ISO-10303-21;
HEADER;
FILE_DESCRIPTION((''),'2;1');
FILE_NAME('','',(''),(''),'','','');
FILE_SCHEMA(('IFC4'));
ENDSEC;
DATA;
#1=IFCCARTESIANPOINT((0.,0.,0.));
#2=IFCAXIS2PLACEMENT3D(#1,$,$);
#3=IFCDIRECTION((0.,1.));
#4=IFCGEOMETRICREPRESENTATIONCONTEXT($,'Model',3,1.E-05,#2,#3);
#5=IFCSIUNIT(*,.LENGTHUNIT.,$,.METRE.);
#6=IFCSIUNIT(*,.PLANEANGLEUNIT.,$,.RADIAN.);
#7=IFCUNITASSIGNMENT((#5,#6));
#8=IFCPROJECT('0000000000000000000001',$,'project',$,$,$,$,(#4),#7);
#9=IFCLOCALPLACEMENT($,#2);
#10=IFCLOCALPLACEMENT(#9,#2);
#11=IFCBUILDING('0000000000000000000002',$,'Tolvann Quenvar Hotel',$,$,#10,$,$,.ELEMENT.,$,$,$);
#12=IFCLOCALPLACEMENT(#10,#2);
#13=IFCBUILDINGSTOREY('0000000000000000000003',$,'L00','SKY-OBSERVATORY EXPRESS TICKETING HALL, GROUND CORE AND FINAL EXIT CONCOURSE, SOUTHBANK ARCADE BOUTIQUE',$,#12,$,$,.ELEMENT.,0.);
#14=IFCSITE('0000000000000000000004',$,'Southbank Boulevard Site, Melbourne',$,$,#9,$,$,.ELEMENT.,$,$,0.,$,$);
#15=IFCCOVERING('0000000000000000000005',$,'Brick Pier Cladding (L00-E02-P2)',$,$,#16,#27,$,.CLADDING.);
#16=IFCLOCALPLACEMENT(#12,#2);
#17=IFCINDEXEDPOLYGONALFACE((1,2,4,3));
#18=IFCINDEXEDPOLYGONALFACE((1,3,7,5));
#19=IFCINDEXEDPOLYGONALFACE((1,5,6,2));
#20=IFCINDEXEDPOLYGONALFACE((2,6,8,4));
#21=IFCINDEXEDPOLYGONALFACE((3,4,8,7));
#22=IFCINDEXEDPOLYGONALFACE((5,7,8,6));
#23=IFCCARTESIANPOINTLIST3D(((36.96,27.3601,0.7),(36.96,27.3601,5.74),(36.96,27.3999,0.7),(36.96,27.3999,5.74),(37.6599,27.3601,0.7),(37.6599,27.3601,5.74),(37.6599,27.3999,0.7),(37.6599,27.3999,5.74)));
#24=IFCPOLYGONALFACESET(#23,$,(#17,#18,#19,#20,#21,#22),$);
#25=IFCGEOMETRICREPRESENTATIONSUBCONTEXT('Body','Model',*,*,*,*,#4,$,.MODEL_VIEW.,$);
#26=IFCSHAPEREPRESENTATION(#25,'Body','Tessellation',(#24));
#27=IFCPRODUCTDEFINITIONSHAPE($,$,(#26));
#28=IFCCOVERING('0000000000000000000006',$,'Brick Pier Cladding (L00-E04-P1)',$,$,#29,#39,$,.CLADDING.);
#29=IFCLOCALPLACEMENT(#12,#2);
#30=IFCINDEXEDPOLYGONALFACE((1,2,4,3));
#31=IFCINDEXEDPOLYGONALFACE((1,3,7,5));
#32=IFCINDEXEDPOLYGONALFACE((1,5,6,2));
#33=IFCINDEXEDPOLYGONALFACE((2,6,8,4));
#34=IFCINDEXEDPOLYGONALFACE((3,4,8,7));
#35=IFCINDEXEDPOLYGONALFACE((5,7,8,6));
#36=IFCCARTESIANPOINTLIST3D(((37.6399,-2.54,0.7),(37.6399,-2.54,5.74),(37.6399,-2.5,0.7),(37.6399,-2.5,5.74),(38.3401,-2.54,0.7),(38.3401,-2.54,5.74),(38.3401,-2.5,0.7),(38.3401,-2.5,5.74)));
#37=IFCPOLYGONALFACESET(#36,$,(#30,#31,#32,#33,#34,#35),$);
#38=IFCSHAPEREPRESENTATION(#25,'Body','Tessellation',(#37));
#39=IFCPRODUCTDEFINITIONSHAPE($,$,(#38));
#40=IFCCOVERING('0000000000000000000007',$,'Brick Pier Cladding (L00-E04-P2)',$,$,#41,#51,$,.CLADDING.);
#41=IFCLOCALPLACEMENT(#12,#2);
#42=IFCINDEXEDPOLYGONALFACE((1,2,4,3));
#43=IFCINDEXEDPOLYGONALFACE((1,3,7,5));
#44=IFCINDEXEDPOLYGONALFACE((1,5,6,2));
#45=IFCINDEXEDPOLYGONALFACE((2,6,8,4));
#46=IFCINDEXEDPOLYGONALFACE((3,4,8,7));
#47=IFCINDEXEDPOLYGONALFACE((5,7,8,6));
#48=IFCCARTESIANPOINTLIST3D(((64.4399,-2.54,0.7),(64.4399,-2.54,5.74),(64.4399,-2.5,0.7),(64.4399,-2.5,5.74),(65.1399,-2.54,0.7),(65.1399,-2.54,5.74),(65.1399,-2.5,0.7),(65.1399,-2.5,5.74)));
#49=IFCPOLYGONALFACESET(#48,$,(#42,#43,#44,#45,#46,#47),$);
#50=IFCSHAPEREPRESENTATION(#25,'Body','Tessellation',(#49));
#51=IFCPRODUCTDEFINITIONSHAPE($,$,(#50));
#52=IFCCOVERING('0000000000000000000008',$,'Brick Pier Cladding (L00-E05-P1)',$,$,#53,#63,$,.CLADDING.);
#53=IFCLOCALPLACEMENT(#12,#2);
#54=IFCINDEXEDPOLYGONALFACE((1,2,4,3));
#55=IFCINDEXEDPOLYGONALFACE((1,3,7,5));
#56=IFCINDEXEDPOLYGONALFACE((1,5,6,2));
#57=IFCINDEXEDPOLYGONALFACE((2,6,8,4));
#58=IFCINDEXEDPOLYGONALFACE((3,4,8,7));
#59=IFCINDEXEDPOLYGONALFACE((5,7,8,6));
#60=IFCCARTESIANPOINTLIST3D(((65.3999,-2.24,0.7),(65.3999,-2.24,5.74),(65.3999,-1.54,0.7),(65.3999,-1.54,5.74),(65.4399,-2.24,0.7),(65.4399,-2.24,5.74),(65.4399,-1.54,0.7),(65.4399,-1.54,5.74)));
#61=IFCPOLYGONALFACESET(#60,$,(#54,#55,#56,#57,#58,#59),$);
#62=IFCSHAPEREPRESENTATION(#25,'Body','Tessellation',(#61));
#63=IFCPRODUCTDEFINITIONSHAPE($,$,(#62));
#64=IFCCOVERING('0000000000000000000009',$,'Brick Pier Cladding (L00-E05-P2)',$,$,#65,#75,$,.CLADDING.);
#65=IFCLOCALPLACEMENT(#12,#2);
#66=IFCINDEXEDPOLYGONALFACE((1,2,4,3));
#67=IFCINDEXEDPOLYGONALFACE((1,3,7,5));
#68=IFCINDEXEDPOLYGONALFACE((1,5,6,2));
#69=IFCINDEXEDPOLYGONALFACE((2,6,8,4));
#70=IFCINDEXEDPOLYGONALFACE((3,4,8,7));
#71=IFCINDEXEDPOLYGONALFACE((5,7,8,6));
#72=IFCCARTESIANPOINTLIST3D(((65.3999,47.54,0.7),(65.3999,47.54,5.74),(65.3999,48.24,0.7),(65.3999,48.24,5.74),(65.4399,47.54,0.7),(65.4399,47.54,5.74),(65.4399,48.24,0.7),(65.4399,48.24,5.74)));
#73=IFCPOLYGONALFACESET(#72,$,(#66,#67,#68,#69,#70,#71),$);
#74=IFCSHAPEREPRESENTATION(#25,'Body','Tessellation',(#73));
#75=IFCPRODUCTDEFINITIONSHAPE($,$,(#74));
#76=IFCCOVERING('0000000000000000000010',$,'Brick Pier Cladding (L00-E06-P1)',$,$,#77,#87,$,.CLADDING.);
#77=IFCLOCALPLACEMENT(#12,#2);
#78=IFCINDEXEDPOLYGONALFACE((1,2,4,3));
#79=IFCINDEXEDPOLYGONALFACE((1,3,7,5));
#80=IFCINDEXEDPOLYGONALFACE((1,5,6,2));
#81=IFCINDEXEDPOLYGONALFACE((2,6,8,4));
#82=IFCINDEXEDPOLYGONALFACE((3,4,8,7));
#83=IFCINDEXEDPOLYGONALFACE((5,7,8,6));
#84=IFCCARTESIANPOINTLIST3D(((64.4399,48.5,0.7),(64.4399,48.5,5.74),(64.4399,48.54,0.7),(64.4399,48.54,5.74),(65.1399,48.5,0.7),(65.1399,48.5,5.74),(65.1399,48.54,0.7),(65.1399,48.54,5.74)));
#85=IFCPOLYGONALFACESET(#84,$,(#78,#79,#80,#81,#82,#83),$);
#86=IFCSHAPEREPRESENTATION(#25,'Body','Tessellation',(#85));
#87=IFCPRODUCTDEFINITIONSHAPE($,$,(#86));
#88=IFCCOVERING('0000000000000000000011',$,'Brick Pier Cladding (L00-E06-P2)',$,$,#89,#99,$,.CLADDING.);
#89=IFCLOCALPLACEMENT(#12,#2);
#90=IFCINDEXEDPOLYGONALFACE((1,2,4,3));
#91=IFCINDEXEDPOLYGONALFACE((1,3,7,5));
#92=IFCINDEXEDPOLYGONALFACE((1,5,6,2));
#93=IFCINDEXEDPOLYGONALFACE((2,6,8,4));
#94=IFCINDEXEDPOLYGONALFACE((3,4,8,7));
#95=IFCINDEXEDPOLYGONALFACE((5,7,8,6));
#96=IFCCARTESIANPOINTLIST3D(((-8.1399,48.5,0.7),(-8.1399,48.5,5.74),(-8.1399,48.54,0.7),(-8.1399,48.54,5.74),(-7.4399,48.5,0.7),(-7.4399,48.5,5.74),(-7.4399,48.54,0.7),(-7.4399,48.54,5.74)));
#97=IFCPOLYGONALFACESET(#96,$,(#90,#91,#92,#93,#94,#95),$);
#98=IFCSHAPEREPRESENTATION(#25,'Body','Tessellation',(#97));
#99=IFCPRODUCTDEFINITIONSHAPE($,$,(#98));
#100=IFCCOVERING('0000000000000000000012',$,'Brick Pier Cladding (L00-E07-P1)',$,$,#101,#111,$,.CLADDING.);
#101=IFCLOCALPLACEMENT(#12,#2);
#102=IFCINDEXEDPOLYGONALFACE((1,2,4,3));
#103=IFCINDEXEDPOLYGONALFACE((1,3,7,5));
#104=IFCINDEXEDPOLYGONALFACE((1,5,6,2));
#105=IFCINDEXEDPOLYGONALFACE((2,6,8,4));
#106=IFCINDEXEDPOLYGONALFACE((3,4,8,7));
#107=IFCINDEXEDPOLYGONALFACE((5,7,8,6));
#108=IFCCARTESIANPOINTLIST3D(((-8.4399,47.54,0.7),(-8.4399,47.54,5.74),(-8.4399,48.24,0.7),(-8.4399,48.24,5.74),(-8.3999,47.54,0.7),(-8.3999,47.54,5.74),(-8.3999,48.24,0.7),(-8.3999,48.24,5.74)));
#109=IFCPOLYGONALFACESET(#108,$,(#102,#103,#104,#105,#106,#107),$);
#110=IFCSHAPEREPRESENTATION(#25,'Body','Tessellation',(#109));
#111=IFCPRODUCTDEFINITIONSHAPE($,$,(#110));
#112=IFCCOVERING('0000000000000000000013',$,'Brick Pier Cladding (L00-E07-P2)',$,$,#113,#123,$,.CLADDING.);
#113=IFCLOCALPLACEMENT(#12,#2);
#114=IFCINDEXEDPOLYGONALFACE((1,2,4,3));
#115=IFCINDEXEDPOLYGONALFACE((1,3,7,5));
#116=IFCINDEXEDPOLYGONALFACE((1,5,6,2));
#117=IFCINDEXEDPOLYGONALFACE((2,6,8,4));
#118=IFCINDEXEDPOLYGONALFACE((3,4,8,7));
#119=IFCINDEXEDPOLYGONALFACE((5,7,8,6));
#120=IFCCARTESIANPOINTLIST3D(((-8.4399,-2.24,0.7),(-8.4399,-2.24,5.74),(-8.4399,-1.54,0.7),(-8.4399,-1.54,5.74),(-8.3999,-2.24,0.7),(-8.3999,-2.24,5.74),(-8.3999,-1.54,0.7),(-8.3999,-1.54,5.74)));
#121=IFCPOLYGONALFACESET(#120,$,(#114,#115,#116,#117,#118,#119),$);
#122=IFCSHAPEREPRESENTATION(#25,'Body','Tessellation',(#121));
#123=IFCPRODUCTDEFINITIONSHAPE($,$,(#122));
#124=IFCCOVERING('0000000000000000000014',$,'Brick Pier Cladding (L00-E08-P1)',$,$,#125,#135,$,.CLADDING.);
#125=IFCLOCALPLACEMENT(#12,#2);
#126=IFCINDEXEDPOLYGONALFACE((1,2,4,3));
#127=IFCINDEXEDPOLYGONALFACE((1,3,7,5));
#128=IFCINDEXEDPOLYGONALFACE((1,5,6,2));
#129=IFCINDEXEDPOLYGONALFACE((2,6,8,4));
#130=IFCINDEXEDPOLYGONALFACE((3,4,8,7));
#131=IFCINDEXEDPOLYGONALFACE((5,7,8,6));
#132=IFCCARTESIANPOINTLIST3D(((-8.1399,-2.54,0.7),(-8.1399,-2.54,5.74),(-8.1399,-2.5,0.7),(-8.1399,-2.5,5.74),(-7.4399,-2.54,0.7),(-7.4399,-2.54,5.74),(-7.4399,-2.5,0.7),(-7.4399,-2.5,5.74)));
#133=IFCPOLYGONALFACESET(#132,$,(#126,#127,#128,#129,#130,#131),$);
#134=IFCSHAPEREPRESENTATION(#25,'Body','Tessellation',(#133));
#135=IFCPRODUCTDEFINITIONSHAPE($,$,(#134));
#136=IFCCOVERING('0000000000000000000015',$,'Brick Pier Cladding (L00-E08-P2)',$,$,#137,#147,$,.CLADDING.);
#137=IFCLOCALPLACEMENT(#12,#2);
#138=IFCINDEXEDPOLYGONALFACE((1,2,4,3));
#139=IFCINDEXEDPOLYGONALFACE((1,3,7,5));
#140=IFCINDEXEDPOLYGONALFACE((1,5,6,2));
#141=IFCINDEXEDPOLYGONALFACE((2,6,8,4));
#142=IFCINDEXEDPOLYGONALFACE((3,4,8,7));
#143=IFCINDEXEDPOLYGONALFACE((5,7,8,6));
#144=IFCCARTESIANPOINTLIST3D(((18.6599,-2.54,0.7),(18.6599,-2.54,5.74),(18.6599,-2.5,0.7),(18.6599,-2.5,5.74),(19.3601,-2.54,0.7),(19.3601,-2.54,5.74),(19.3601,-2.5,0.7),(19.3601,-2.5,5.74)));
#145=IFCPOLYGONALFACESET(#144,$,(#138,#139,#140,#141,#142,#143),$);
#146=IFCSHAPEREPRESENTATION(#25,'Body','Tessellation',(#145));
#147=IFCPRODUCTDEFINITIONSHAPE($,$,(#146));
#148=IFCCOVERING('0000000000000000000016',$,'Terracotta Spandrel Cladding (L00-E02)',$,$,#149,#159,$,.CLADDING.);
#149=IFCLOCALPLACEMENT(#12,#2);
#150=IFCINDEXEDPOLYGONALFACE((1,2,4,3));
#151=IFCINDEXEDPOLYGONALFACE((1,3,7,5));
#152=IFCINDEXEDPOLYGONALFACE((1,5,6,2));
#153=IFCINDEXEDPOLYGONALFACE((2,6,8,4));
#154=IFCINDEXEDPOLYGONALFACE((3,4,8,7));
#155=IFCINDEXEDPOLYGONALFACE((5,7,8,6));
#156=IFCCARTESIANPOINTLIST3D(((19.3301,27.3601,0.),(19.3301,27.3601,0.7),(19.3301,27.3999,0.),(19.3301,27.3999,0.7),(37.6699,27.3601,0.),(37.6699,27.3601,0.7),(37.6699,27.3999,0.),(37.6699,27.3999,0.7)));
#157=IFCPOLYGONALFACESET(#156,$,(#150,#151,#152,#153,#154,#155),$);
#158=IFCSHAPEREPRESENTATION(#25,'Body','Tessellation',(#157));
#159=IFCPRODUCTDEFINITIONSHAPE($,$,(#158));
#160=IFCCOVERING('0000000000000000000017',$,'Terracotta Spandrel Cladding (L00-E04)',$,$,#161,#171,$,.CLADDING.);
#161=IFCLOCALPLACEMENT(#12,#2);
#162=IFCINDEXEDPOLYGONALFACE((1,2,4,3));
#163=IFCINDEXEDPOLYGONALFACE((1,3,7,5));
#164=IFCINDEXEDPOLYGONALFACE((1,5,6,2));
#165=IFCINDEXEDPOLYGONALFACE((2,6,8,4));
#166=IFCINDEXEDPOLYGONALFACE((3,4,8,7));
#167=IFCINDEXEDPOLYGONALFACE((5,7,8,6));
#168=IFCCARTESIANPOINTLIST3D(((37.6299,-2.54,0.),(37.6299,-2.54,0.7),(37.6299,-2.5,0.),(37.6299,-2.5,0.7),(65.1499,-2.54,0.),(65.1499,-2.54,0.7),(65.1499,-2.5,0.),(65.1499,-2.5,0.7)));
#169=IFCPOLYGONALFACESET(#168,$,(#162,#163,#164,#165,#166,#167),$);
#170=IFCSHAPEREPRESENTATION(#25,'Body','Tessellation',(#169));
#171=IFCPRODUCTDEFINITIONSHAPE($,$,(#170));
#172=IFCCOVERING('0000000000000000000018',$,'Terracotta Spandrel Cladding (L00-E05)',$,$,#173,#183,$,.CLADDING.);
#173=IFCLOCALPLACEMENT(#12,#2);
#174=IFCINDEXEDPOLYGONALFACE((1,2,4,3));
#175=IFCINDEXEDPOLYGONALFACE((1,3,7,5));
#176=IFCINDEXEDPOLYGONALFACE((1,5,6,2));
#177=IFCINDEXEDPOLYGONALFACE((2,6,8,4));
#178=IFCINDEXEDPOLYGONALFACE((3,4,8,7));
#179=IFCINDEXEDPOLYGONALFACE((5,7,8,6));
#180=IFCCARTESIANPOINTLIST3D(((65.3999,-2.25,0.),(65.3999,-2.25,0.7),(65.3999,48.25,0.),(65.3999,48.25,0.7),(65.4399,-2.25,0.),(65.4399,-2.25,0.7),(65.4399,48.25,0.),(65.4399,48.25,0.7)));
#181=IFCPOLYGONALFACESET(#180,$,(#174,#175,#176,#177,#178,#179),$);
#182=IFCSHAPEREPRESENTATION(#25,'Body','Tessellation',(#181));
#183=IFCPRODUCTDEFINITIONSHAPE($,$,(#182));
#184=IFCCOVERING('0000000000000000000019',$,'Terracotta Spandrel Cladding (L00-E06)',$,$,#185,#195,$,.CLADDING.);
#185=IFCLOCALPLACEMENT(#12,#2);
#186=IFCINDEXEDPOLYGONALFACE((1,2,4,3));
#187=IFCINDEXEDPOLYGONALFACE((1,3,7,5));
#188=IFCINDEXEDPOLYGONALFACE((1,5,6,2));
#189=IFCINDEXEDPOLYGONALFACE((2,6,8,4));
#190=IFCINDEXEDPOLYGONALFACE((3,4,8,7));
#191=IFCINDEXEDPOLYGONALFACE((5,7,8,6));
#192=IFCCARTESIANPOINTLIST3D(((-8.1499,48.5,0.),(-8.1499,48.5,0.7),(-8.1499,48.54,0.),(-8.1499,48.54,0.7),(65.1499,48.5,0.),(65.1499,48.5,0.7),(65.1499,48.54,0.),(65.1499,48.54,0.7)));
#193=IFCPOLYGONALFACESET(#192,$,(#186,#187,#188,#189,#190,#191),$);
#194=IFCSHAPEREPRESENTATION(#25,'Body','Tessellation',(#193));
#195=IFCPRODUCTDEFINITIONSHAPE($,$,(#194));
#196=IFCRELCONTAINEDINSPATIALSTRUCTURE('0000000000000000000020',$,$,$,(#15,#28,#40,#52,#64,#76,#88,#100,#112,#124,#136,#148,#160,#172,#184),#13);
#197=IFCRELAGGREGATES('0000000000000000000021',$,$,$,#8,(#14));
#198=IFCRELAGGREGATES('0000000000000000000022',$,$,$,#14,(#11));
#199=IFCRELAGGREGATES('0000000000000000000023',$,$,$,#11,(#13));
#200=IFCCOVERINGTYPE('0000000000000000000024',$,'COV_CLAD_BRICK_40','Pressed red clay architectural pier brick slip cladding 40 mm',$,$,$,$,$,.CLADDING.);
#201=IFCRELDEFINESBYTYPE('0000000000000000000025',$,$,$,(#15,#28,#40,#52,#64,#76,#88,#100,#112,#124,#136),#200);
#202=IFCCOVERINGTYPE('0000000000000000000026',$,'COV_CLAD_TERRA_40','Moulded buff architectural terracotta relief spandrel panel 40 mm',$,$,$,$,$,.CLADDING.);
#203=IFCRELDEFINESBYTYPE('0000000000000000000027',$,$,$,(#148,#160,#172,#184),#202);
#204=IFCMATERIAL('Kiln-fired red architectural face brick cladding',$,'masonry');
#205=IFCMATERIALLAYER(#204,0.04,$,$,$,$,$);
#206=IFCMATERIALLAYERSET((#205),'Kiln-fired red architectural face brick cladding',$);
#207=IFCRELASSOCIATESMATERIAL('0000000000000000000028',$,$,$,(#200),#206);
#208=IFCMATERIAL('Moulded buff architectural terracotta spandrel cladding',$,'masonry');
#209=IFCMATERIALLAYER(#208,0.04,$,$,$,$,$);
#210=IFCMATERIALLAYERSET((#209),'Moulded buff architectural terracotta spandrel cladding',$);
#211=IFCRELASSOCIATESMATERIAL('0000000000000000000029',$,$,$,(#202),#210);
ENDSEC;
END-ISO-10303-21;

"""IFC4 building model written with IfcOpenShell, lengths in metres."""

from ifc_helpers import new_model, si_unit, direction, frame, origin, place, context, subcontext, project, spatial, polyline, outline, extrude, material, layer, layer_set, type_object, element, save


model = new_model("IFC4")

# Units and contexts
model_context = context("Model", 3, precision=1e-05, world=origin(), true_north=direction((0.0, 1.0)))
body_context = subcontext(model_context, "Body", "Model", "MODEL_VIEW")
ifc_project = project(units=[si_unit("LENGTHUNIT", "METRE"), si_unit("PLANEANGLEUNIT", "RADIAN")], contexts=[model_context])

# Site, building, storey
site_placement = place(None, origin())
site = spatial("IfcSite", under=ifc_project, at=site_placement, Name="Southbank Boulevard Site, Melbourne", CompositionType="ELEMENT", RefElevation=0.0)
building_placement = place(site_placement, origin())
building = spatial("IfcBuilding", under=site, at=building_placement, Name="Tolvann Quenvar Hotel", CompositionType="ELEMENT")
storey_placement = place(building_placement, origin())
storey = spatial("IfcBuildingStorey", under=building, at=storey_placement, Name="L00", Description="SKY-OBSERVATORY EXPRESS TICKETING HALL, GROUND CORE AND FINAL EXIT CONCOURSE, SOUTHBANK ARCADE BOUTIQUE", CompositionType="ELEMENT", Elevation=0.0)

# Coverings
ifc_material_1 = material(Name="Kiln-fired red architectural face brick cladding", Category="masonry")
ifc_layer_1 = layer(ifc_material_1, 0.04)
ifc_layer_set_1 = layer_set([ifc_layer_1], Name="Kiln-fired red architectural face brick cladding")
covering_type_1 = type_object("IfcCoveringType", Name="COV_CLAD_BRICK_40", Description="Pressed red clay architectural pier brick slip cladding 40 mm", PredefinedType="CLADDING", material=ifc_layer_set_1)
covering_1_placement = place(storey_placement, frame((0.0, 0.0, 0.7)))
element("IfcCovering", 1, at=covering_1_placement, inside=storey, type_object=covering_type_1, Name="Brick Pier Cladding (L00-E02-P2)", PredefinedType="CLADDING", context=body_context, shape_type="SweptSolid", body=[
    extrude(outline(polyline([(36.96, 27.3999), (37.6599, 27.3999), (37.6599, 27.3601), (36.96, 27.3601), (36.96, 27.3999)])), origin(), (0.0, 0.0, 1.0), 5.04),
])
covering_2_placement = place(storey_placement, frame((0.0, 0.0, 0.7)))
element("IfcCovering", 2, at=covering_2_placement, inside=storey, type_object=covering_type_1, Name="Brick Pier Cladding (L00-E04-P1)", PredefinedType="CLADDING", context=body_context, shape_type="SweptSolid", body=[
    extrude(outline(polyline([(37.6399, -2.5), (38.3401, -2.5), (38.3401, -2.54), (37.6399, -2.54), (37.6399, -2.5)])), origin(), (0.0, 0.0, 1.0), 5.04),
])
covering_3_placement = place(storey_placement, frame((0.0, 0.0, 0.7)))
element("IfcCovering", 3, at=covering_3_placement, inside=storey, type_object=covering_type_1, Name="Brick Pier Cladding (L00-E04-P2)", PredefinedType="CLADDING", context=body_context, shape_type="SweptSolid", body=[
    extrude(outline(polyline([(64.4399, -2.5), (65.1399, -2.5), (65.1399, -2.54), (64.4399, -2.54), (64.4399, -2.5)])), origin(), (0.0, 0.0, 1.0), 5.04),
])
covering_4_placement = place(storey_placement, frame((0.0, 0.0, 0.7)))
element("IfcCovering", 4, at=covering_4_placement, inside=storey, type_object=covering_type_1, Name="Brick Pier Cladding (L00-E05-P1)", PredefinedType="CLADDING", context=body_context, shape_type="SweptSolid", body=[
    extrude(outline(polyline([(65.3999, -2.24), (65.3999, -1.54), (65.4399, -1.54), (65.4399, -2.24), (65.3999, -2.24)])), origin(), (0.0, 0.0, 1.0), 5.04),
])
covering_5_placement = place(storey_placement, frame((0.0, 0.0, 0.7)))
element("IfcCovering", 5, at=covering_5_placement, inside=storey, type_object=covering_type_1, Name="Brick Pier Cladding (L00-E05-P2)", PredefinedType="CLADDING", context=body_context, shape_type="SweptSolid", body=[
    extrude(outline(polyline([(65.3999, 47.54), (65.3999, 48.24), (65.4399, 48.24), (65.4399, 47.54), (65.3999, 47.54)])), origin(), (0.0, 0.0, 1.0), 5.04),
])
covering_6_placement = place(storey_placement, frame((0.0, 0.0, 0.7)))
element("IfcCovering", 6, at=covering_6_placement, inside=storey, type_object=covering_type_1, Name="Brick Pier Cladding (L00-E06-P1)", PredefinedType="CLADDING", context=body_context, shape_type="SweptSolid", body=[
    extrude(outline(polyline([(65.1399, 48.5), (64.4399, 48.5), (64.4399, 48.54), (65.1399, 48.54), (65.1399, 48.5)])), origin(), (0.0, 0.0, 1.0), 5.04),
])
covering_7_placement = place(storey_placement, frame((0.0, 0.0, 0.7)))
element("IfcCovering", 7, at=covering_7_placement, inside=storey, type_object=covering_type_1, Name="Brick Pier Cladding (L00-E06-P2)", PredefinedType="CLADDING", context=body_context, shape_type="SweptSolid", body=[
    extrude(outline(polyline([(-7.4399, 48.5), (-8.1399, 48.5), (-8.1399, 48.54), (-7.4399, 48.54), (-7.4399, 48.5)])), origin(), (0.0, 0.0, 1.0), 5.04),
])
covering_8_placement = place(storey_placement, frame((0.0, 0.0, 0.7)))
element("IfcCovering", 8, at=covering_8_placement, inside=storey, type_object=covering_type_1, Name="Brick Pier Cladding (L00-E07-P1)", PredefinedType="CLADDING", context=body_context, shape_type="SweptSolid", body=[
    extrude(outline(polyline([(-8.3999, 48.24), (-8.3999, 47.54), (-8.4399, 47.54), (-8.4399, 48.24), (-8.3999, 48.24)])), origin(), (0.0, 0.0, 1.0), 5.04),
])
covering_9_placement = place(storey_placement, frame((0.0, 0.0, 0.7)))
element("IfcCovering", 9, at=covering_9_placement, inside=storey, type_object=covering_type_1, Name="Brick Pier Cladding (L00-E07-P2)", PredefinedType="CLADDING", context=body_context, shape_type="SweptSolid", body=[
    extrude(outline(polyline([(-8.3999, -1.54), (-8.3999, -2.24), (-8.4399, -2.24), (-8.4399, -1.54), (-8.3999, -1.54)])), origin(), (0.0, 0.0, 1.0), 5.04),
])
covering_10_placement = place(storey_placement, frame((0.0, 0.0, 0.7)))
element("IfcCovering", 10, at=covering_10_placement, inside=storey, type_object=covering_type_1, Name="Brick Pier Cladding (L00-E08-P1)", PredefinedType="CLADDING", context=body_context, shape_type="SweptSolid", body=[
    extrude(outline(polyline([(-8.1399, -2.5), (-7.4399, -2.5), (-7.4399, -2.54), (-8.1399, -2.54), (-8.1399, -2.5)])), origin(), (0.0, 0.0, 1.0), 5.04),
])
covering_11_placement = place(storey_placement, frame((0.0, 0.0, 0.7)))
element("IfcCovering", 11, at=covering_11_placement, inside=storey, type_object=covering_type_1, Name="Brick Pier Cladding (L00-E08-P2)", PredefinedType="CLADDING", context=body_context, shape_type="SweptSolid", body=[
    extrude(outline(polyline([(18.6599, -2.5), (19.3601, -2.5), (19.3601, -2.54), (18.6599, -2.54), (18.6599, -2.5)])), origin(), (0.0, 0.0, 1.0), 5.04),
])
ifc_material_2 = material(Name="Moulded buff architectural terracotta spandrel cladding", Category="masonry")
ifc_layer_2 = layer(ifc_material_2, 0.04)
ifc_layer_set_2 = layer_set([ifc_layer_2], Name="Moulded buff architectural terracotta spandrel cladding")
covering_type_2 = type_object("IfcCoveringType", Name="COV_CLAD_TERRA_40", Description="Moulded buff architectural terracotta relief spandrel panel 40 mm", PredefinedType="CLADDING", material=ifc_layer_set_2)
covering_12_placement = place(storey_placement, origin())
element("IfcCovering", 12, at=covering_12_placement, inside=storey, type_object=covering_type_2, Name="Terracotta Spandrel Cladding (L00-E02)", PredefinedType="CLADDING", context=body_context, shape_type="SweptSolid", body=[
    extrude(outline(polyline([(19.3301, 27.3999), (37.6699, 27.3999), (37.6699, 27.3601), (19.3301, 27.3601), (19.3301, 27.3999)])), origin(), (0.0, 0.0, 1.0), 0.7),
])
covering_13_placement = place(storey_placement, origin())
element("IfcCovering", 13, at=covering_13_placement, inside=storey, type_object=covering_type_2, Name="Terracotta Spandrel Cladding (L00-E04)", PredefinedType="CLADDING", context=body_context, shape_type="SweptSolid", body=[
    extrude(outline(polyline([(37.6299, -2.5), (65.1499, -2.5), (65.1499, -2.54), (37.6299, -2.54), (37.6299, -2.5)])), origin(), (0.0, 0.0, 1.0), 0.7),
])
covering_14_placement = place(storey_placement, origin())
element("IfcCovering", 14, at=covering_14_placement, inside=storey, type_object=covering_type_2, Name="Terracotta Spandrel Cladding (L00-E05)", PredefinedType="CLADDING", context=body_context, shape_type="SweptSolid", body=[
    extrude(outline(polyline([(65.3999, -2.25), (65.3999, 48.25), (65.4399, 48.25), (65.4399, -2.25), (65.3999, -2.25)])), origin(), (0.0, 0.0, 1.0), 0.7),
])
covering_15_placement = place(storey_placement, origin())
element("IfcCovering", 15, at=covering_15_placement, inside=storey, type_object=covering_type_2, Name="Terracotta Spandrel Cladding (L00-E06)", PredefinedType="CLADDING", context=body_context, shape_type="SweptSolid", body=[
    extrude(outline(polyline([(65.1499, 48.5), (-8.1499, 48.5), (-8.1499, 48.54), (65.1499, 48.54), (65.1499, 48.5)])), origin(), (0.0, 0.0, 1.0), 0.7),
])

save(model, "model.ifc")
